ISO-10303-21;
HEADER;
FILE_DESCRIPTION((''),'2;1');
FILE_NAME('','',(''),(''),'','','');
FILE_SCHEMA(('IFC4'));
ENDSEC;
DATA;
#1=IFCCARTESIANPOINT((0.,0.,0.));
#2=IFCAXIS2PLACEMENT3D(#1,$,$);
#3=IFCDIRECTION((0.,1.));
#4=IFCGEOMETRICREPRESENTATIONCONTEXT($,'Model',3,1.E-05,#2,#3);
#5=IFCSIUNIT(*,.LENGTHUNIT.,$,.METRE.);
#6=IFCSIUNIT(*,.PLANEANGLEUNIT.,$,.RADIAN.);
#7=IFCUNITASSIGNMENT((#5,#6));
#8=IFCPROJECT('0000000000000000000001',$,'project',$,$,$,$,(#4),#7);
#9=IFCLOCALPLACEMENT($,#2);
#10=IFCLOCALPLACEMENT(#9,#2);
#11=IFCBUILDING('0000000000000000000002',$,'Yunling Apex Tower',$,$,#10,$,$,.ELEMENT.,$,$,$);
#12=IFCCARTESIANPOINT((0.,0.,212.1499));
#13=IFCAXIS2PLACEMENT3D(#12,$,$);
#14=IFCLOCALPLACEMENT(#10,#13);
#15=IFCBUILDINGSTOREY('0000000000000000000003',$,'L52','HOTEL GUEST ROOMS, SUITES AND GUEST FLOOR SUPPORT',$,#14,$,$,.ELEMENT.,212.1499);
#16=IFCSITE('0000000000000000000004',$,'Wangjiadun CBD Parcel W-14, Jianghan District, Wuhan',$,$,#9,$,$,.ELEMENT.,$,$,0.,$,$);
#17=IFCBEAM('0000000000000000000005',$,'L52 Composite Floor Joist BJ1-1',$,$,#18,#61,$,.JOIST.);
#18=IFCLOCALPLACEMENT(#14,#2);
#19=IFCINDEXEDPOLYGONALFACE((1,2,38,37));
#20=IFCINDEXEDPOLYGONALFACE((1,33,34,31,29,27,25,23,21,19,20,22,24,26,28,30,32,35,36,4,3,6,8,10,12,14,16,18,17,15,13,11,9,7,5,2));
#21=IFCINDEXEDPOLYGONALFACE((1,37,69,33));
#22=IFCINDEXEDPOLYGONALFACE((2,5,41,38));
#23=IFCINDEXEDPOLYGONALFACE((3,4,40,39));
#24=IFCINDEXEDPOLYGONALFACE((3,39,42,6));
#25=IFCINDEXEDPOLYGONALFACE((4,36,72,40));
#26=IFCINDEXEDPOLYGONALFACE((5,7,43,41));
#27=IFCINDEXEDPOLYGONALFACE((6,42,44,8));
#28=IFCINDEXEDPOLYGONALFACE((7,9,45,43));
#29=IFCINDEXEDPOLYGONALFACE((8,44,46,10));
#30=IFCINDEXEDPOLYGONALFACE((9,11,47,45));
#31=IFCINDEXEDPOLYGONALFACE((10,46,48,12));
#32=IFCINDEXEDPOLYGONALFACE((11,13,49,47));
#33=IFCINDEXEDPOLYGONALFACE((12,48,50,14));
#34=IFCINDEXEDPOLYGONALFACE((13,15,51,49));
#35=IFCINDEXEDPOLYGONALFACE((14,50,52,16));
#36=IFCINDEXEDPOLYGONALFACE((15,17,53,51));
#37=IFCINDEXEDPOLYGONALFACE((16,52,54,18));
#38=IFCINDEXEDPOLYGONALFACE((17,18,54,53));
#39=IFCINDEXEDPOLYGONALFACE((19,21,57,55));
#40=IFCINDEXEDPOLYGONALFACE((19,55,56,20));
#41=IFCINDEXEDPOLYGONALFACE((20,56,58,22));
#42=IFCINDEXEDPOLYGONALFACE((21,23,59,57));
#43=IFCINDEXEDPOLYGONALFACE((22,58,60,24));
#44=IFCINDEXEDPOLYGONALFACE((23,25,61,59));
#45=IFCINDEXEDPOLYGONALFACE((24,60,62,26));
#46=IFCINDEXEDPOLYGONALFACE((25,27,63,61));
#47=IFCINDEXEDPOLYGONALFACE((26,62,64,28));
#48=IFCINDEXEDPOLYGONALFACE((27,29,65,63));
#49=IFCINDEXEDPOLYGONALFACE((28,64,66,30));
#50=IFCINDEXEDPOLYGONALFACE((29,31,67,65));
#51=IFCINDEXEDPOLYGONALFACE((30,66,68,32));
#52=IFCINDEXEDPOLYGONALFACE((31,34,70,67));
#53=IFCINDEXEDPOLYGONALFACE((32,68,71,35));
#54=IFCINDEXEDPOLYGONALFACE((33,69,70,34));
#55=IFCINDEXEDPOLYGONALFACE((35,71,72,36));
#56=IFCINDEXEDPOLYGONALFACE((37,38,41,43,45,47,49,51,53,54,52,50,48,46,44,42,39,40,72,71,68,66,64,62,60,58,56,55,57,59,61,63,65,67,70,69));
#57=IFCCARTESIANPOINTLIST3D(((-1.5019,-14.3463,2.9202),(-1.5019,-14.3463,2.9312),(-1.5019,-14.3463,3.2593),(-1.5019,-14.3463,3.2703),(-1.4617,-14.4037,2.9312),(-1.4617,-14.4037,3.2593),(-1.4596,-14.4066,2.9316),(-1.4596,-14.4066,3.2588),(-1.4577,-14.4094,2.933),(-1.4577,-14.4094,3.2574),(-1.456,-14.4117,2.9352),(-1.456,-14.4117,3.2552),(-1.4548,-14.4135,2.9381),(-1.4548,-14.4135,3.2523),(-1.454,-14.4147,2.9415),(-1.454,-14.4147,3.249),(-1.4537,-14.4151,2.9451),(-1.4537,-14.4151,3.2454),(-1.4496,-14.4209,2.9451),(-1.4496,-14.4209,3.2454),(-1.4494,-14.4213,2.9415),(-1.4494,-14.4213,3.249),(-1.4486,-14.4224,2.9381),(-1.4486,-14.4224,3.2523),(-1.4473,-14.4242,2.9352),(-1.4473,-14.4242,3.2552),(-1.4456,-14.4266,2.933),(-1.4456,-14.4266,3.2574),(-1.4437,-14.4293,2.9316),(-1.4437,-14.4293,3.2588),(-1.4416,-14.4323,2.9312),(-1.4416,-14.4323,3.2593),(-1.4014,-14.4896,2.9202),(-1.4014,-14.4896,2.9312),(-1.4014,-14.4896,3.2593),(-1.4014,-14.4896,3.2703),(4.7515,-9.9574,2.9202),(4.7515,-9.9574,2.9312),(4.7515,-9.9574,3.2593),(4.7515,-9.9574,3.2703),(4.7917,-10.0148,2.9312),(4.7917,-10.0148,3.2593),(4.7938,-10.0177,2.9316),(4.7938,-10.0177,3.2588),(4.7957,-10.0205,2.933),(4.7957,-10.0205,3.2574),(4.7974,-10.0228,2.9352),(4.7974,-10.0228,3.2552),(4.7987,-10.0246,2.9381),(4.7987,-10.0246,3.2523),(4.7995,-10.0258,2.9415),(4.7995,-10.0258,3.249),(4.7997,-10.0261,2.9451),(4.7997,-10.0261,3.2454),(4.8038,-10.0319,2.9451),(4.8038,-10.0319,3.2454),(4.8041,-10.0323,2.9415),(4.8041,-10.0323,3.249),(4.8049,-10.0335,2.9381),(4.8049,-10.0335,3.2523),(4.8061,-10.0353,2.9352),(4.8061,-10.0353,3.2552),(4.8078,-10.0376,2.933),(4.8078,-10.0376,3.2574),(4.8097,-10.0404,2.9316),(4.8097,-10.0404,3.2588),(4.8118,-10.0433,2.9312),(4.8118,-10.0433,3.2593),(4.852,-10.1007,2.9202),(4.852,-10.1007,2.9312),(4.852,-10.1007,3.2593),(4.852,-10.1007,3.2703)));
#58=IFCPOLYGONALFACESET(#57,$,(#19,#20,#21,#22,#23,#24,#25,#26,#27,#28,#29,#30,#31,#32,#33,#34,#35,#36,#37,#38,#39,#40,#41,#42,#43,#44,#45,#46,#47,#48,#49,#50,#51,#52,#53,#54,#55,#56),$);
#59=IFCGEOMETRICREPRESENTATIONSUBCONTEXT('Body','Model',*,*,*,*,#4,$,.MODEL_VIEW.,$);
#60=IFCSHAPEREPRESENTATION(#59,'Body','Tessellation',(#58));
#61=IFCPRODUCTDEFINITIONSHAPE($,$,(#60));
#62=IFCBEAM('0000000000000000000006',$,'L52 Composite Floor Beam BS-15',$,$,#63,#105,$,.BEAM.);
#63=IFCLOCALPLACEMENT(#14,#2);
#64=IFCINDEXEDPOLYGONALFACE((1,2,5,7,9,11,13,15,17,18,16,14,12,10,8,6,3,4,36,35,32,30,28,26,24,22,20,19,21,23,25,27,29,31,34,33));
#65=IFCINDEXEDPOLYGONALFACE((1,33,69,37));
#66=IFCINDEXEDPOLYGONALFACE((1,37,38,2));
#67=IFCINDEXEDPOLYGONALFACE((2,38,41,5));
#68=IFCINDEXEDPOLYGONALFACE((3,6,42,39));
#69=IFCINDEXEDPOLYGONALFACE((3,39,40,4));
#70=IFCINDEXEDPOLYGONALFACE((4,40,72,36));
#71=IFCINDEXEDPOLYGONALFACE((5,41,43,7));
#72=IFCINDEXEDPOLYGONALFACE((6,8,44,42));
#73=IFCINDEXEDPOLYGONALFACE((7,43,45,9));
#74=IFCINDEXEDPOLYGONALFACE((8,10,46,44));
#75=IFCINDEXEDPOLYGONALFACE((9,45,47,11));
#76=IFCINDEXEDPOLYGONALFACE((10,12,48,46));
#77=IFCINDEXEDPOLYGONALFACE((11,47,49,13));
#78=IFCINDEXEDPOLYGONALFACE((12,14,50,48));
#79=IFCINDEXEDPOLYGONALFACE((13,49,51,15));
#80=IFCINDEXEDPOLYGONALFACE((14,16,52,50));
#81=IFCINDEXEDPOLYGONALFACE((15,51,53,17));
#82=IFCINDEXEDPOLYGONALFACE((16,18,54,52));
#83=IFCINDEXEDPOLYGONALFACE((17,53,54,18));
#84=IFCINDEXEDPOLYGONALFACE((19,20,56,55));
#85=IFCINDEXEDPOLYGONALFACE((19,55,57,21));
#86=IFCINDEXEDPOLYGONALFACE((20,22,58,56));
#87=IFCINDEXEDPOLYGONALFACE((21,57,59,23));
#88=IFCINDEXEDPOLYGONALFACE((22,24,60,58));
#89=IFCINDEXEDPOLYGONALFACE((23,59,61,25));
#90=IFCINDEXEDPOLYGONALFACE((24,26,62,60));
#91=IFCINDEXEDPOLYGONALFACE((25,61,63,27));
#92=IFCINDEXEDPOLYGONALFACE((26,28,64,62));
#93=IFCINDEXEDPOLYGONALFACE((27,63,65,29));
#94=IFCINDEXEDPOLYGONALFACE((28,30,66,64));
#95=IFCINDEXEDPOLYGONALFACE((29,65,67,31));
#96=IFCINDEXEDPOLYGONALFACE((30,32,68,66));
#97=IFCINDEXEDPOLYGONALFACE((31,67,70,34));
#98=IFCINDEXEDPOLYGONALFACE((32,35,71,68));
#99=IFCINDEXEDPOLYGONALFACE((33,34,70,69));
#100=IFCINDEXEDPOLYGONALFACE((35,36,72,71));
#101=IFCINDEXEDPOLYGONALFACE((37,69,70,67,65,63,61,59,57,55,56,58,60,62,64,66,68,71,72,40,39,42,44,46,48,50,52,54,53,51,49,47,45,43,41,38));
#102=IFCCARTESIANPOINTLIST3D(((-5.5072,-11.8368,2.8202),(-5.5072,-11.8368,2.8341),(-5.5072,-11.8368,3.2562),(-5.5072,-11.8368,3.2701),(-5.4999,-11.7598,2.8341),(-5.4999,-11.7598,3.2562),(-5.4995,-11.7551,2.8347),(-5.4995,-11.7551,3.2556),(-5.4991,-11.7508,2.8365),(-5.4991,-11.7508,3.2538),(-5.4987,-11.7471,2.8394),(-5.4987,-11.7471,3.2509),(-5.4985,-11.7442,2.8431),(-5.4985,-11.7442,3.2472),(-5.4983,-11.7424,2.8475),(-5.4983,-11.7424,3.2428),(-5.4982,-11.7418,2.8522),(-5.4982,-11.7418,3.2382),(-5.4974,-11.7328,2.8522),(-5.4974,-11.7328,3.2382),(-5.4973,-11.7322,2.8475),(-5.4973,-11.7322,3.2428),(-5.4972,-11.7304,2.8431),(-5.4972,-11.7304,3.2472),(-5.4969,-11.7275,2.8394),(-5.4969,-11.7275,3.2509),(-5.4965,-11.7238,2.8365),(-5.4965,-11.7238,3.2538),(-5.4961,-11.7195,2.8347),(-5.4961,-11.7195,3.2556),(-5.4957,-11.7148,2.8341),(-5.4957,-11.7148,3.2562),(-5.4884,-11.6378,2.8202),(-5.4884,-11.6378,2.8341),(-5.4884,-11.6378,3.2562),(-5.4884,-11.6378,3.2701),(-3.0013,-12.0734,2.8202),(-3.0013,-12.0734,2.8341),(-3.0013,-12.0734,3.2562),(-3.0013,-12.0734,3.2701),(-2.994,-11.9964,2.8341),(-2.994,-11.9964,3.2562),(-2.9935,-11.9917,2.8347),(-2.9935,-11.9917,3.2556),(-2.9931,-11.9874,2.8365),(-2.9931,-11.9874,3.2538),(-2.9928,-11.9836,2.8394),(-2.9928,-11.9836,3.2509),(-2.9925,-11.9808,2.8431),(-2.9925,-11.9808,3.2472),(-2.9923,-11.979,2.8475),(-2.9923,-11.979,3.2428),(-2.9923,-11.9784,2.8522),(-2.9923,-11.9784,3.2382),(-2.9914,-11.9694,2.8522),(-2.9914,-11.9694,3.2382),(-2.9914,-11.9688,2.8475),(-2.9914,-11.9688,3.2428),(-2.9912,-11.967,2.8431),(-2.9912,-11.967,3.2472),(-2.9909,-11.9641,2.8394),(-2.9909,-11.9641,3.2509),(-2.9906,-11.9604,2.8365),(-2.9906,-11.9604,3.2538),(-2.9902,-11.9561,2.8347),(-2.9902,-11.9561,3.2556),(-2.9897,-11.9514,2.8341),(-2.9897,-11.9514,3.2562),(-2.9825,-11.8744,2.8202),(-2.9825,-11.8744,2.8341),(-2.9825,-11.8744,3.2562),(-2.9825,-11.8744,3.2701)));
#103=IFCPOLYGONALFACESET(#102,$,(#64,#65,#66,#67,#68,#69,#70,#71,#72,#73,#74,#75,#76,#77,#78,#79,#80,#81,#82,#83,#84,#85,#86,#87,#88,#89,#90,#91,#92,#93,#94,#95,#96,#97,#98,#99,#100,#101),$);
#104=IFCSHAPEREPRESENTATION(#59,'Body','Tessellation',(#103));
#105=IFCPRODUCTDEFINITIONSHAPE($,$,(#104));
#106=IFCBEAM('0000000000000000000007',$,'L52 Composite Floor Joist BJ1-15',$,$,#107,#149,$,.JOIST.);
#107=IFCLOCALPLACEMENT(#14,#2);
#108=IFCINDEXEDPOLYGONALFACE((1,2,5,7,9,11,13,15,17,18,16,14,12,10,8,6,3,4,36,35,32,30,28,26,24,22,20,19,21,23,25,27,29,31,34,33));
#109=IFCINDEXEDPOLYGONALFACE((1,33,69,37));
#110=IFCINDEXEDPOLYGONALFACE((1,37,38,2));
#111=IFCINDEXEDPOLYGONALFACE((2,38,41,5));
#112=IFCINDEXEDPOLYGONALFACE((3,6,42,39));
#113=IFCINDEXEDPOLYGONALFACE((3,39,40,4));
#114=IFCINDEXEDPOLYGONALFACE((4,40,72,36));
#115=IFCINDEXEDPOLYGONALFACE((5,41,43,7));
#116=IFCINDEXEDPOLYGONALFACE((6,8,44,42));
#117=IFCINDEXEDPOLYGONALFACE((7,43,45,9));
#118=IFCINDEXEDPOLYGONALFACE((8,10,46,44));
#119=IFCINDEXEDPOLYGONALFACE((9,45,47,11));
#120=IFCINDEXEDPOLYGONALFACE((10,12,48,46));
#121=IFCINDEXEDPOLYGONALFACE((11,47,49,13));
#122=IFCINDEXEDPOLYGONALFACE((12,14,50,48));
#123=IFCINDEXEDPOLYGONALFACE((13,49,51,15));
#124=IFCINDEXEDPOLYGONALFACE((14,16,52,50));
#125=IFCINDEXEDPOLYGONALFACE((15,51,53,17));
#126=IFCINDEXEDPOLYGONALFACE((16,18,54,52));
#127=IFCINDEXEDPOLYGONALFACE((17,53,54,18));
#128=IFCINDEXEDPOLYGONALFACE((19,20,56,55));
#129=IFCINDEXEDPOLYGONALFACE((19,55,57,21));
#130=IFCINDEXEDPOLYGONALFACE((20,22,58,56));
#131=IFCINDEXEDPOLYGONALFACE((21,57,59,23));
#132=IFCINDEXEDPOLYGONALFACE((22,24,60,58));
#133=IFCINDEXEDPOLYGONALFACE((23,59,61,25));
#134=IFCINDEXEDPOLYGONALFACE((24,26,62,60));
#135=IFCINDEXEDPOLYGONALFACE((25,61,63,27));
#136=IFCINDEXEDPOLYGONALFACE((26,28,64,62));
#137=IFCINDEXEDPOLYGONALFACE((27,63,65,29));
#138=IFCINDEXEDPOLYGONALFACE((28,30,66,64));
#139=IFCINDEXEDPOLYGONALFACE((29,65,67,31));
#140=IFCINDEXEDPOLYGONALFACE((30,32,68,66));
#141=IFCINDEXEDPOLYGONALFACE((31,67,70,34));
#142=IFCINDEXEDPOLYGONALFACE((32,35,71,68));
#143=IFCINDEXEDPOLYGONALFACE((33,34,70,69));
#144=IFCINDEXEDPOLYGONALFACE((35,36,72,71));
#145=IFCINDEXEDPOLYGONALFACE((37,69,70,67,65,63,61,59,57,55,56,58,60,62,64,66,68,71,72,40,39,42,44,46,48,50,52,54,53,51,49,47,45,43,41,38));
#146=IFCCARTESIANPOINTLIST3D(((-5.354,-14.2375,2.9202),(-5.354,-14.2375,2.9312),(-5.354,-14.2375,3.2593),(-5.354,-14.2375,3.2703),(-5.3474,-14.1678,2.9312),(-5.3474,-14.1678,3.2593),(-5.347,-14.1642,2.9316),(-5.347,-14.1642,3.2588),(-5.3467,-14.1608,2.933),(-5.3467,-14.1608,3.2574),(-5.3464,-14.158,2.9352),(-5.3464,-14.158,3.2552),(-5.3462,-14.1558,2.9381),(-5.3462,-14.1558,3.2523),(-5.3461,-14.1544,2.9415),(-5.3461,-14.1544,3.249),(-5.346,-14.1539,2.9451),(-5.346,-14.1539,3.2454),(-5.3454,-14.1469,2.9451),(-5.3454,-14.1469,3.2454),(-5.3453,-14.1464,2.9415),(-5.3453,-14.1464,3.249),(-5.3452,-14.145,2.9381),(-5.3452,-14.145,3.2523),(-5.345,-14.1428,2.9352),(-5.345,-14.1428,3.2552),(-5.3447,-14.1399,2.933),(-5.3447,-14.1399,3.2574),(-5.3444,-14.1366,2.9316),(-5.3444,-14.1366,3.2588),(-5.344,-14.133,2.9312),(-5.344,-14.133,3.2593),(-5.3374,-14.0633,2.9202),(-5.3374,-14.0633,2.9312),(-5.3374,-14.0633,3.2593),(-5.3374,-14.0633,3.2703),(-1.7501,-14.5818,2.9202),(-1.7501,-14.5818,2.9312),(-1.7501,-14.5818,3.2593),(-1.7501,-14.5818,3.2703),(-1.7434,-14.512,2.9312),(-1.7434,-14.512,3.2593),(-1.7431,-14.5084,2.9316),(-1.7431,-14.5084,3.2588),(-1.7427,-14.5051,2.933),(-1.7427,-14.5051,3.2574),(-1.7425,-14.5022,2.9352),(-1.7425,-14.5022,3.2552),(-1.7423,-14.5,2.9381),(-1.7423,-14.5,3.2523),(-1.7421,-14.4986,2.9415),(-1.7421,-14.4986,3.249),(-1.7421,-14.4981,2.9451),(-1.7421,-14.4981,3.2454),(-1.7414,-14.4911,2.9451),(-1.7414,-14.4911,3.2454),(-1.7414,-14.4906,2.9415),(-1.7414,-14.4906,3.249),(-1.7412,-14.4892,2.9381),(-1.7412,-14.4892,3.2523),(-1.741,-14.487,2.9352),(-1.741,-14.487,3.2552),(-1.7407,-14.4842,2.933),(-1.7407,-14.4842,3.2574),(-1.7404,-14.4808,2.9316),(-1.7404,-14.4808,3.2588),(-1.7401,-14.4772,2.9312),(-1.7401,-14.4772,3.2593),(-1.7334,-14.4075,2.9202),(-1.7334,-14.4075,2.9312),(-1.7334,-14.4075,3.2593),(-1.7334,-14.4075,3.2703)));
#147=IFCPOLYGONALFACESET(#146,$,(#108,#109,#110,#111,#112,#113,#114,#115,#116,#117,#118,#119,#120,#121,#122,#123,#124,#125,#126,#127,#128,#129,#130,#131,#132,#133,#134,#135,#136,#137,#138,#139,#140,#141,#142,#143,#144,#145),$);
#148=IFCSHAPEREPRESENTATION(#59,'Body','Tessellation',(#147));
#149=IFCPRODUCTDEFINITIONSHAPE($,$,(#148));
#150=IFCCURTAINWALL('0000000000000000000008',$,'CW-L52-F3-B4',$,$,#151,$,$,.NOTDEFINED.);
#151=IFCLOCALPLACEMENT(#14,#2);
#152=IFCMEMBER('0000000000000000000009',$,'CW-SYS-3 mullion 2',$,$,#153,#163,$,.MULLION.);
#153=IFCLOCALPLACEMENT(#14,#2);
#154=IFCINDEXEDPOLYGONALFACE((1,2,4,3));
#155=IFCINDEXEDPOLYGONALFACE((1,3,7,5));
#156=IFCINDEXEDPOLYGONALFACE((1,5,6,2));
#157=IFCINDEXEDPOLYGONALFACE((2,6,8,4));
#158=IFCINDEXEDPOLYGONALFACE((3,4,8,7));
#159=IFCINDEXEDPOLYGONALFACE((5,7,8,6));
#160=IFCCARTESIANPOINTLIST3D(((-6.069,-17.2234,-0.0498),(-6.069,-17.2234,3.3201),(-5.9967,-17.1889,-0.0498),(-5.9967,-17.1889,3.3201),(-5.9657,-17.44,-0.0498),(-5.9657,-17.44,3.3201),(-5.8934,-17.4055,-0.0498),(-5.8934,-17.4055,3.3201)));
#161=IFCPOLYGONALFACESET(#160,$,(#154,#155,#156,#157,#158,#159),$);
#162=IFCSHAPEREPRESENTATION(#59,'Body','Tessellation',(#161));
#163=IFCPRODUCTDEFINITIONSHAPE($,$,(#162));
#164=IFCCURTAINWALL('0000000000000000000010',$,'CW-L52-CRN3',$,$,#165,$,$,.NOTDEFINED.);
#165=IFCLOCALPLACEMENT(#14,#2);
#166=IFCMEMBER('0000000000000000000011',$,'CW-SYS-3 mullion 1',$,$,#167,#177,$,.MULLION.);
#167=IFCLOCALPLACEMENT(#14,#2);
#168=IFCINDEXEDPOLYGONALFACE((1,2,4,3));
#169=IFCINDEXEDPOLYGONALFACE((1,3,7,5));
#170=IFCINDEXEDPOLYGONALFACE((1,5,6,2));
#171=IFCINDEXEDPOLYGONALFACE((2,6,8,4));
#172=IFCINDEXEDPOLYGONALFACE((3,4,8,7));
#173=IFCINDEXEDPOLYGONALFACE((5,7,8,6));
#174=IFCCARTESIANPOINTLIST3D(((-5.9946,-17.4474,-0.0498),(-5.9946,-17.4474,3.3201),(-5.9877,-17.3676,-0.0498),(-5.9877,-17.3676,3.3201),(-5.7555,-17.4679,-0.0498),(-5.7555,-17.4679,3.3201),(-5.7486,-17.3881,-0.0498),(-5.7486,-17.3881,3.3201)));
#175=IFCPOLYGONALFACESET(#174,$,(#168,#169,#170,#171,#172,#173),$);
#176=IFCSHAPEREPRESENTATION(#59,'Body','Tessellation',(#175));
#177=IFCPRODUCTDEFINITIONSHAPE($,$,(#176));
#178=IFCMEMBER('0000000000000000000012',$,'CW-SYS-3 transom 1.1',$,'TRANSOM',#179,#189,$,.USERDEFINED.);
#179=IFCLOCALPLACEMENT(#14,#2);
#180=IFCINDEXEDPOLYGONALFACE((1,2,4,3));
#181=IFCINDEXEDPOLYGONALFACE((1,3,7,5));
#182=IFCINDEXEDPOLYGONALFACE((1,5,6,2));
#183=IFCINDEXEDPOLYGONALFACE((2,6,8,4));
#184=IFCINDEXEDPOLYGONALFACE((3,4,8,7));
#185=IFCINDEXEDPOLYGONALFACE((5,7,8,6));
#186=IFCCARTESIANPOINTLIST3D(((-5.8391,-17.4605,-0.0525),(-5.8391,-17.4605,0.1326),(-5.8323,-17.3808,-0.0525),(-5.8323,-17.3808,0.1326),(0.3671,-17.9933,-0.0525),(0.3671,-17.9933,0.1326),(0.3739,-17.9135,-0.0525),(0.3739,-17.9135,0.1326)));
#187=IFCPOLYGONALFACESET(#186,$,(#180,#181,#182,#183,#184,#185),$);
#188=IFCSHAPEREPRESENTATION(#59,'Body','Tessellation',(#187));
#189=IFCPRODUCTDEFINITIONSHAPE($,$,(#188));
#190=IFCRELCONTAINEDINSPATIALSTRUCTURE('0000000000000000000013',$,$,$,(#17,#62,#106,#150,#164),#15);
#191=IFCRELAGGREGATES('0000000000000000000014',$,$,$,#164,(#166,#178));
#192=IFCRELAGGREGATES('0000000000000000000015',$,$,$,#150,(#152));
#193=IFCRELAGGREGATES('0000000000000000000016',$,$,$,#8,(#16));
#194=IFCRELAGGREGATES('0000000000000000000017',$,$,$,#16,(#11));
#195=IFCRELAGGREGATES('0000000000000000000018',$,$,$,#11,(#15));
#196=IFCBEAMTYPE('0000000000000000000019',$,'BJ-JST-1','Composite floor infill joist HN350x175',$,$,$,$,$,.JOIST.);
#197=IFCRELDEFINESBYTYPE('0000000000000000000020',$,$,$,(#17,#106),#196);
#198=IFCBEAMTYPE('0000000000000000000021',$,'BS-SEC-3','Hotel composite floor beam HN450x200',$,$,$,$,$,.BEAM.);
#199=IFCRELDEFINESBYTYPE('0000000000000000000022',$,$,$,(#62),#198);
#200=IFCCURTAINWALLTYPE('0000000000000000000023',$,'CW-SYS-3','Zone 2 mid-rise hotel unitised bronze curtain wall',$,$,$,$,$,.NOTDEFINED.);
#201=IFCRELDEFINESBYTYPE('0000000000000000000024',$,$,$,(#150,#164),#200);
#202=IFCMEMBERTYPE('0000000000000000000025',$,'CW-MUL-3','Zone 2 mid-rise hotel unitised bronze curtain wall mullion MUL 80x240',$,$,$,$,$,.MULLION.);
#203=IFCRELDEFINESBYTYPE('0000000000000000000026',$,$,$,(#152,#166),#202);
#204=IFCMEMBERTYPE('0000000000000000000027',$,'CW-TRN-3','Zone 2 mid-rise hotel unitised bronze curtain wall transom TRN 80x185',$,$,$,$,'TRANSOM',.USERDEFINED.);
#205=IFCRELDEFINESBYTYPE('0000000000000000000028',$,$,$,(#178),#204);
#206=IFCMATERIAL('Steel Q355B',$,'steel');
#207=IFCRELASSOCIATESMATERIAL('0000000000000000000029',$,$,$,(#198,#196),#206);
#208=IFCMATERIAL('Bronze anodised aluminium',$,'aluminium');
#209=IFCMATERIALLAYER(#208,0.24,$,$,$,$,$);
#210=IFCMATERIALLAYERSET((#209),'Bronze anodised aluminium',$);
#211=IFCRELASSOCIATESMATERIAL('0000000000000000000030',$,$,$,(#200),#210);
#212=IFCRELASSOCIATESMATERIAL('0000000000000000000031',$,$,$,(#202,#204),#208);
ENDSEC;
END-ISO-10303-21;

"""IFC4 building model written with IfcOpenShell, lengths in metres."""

from ifc_helpers import new_model, si_unit, direction, frame, origin, origin_2d, place, context, subcontext, project, spatial, rectangle, i_section, extrude, source, transform, mapped, material, layer, layer_set, material_profile, profile_set, type_object, element, aggregate, save


model = new_model("IFC4")

# Units and contexts
model_context = context("Model", 3, precision=1e-05, world=origin(), true_north=direction((0.0, 1.0)))
body_context = subcontext(model_context, "Body", "Model", "MODEL_VIEW")
ifc_project = project(units=[si_unit("LENGTHUNIT", "METRE"), si_unit("PLANEANGLEUNIT", "RADIAN")], contexts=[model_context])

# Site, building, storey
site_placement = place(None, origin())
site = spatial("IfcSite", under=ifc_project, at=site_placement, Name="Wangjiadun CBD Parcel W-14, Jianghan District, Wuhan", CompositionType="ELEMENT", RefElevation=0.0)
building_placement = place(site_placement, origin())
building = spatial("IfcBuilding", under=site, at=building_placement, Name="Yunling Apex Tower", CompositionType="ELEMENT")
storey_placement = place(building_placement, frame((0.0, 0.0, 212.1499)))
storey = spatial("IfcBuildingStorey", under=building, at=storey_placement, Name="L52", Description="HOTEL GUEST ROOMS, SUITES AND GUEST FLOOR SUPPORT", CompositionType="ELEMENT", Elevation=212.1499)

# Beams
ifc_material_1 = material(Name="Steel Q355B", Category="steel")
ifc_material_profile_1 = material_profile(ifc_material_1, i_section(OverallWidth=0.2, OverallDepth=0.45, WebThickness=0.009, FlangeThickness=0.0139, FilletRadius=0.0181, at=origin_2d()))
ifc_profile_set_1 = profile_set([ifc_material_profile_1], Name="Steel Q355B")
beam_type_1 = type_object("IfcBeamType", Name="BS-SEC-3", Description="Hotel composite floor beam HN450x200", PredefinedType="BEAM", material=ifc_profile_set_1)
ifc_material_profile_2 = material_profile(ifc_material_1, i_section(OverallWidth=0.175, OverallDepth=0.3501, WebThickness=0.0071, FlangeThickness=0.011, FilletRadius=0.0139, at=origin_2d()))
ifc_profile_set_2 = profile_set([ifc_material_profile_2], Name="Steel Q355B")
beam_type_2 = type_object("IfcBeamType", Name="BJ-JST-1", Description="Composite floor infill joist HN350x175", PredefinedType="JOIST", material=ifc_profile_set_2)
shared_shape_1 = source(origin(), body_context, "Body", "SweptSolid", [
    extrude(i_section(OverallWidth=0.175, OverallDepth=0.3501, WebThickness=0.0071, FlangeThickness=0.011, FilletRadius=0.0139, at=origin_2d()), origin(), (0.0, 0.0, 1.0), 7.6399),
])
beam_1_placement = place(storey_placement, frame((-1.4517, -14.418, 3.0952), z_axis=(0.818523, 0.574474, 0.0), x_axis=(-0.574474, 0.818523, 0.0)))
element("IfcBeam", 1, at=beam_1_placement, inside=storey, type_object=beam_type_2, Name="L52 Composite Floor Joist BJ1-1", PredefinedType="JOIST", context=body_context, shape_type="MappedRepresentation", body=[
    mapped(shared_shape_1, transform((0.0, 0.0, 0.0), scale=1.0)),
])
shared_shape_2 = source(origin(), body_context, "Body", "SweptSolid", [
    extrude(i_section(OverallWidth=0.2, OverallDepth=0.45, WebThickness=0.009, FlangeThickness=0.0139, FilletRadius=0.0181, at=origin_2d()), origin(), (0.0, 0.0, 1.0), 2.5171),
])
beam_2_placement = place(storey_placement, frame((-5.4978, -11.7373, 3.0452), z_axis=(0.995573, -0.09399, 0.0), x_axis=(0.09399, 0.995573, 0.0)))
element("IfcBeam", 2, at=beam_2_placement, inside=storey, type_object=beam_type_1, Name="L52 Composite Floor Beam BS-15", PredefinedType="BEAM", context=body_context, shape_type="MappedRepresentation", body=[
    mapped(shared_shape_2, transform((0.0, 0.0, 0.0), scale=1.0)),
])
shared_shape_3 = source(origin(), body_context, "Body", "SweptSolid", [
    extrude(i_section(OverallWidth=0.175, OverallDepth=0.3501, WebThickness=0.0071, FlangeThickness=0.011, FilletRadius=0.0139, at=origin_2d()), origin(), (0.0, 0.0, 1.0), 3.6204),
])
beam_3_placement = place(storey_placement, frame((-5.3457, -14.1504, 3.0952), z_axis=(0.995469, -0.095083, 0.0), x_axis=(0.095083, 0.995469, 0.0)))
element("IfcBeam", 3, at=beam_3_placement, inside=storey, type_object=beam_type_2, Name="L52 Composite Floor Joist BJ1-15", PredefinedType="JOIST", context=body_context, shape_type="MappedRepresentation", body=[
    mapped(shared_shape_3, transform((0.0, 0.0, 0.0), scale=1.0)),
])

# Curtain wall, member
ifc_material_2 = material(Name="Bronze anodised aluminium", Category="aluminium")
ifc_layer_1 = layer(ifc_material_2, 0.24)
ifc_layer_set_1 = layer_set([ifc_layer_1], Name="Bronze anodised aluminium")
curtain_wall_type = type_object("IfcCurtainWallType", Name="CW-SYS-3", Description="Zone 2 mid-rise hotel unitised bronze curtain wall", PredefinedType="NOTDEFINED", material=ifc_layer_set_1)
curtain_wall_1_placement = place(storey_placement, origin())
curtain_wall_1 = element("IfcCurtainWall", 4, at=curtain_wall_1_placement, inside=storey, type_object=curtain_wall_type, Name="CW-L52-F3-B4", PredefinedType="NOTDEFINED")
ifc_material_profile_3 = material_profile(ifc_material_2, rectangle(XDim=0.0801, YDim=0.24, at=origin_2d()))
ifc_profile_set_3 = profile_set([ifc_material_profile_3], Name="Bronze anodised aluminium")
member_type_1 = type_object("IfcMemberType", Name="CW-MUL-3", Description="Zone 2 mid-rise hotel unitised bronze curtain wall mullion MUL 80x240", PredefinedType="MULLION", material=ifc_profile_set_3)
shared_shape_4 = source(origin(), body_context, "Body", "SweptSolid", [
    extrude(rectangle(XDim=0.0801, YDim=0.24, at=origin_2d()), origin(), (0.0, 0.0, 1.0), 3.3699),
])
member_1_placement = place(storey_placement, frame((-5.9812, -17.3145, -0.0498), z_axis=(0.0, 0.0, 1.0), x_axis=(0.902582, 0.430518, 0.0)))
member_1 = element("IfcMember", 5, at=member_1_placement, type_object=member_type_1, Name="CW-SYS-3 mullion 2", PredefinedType="MULLION", context=body_context, shape_type="MappedRepresentation", body=[
    mapped(shared_shape_4, transform((0.0, 0.0, 0.0), scale=1.0)),
])

# Curtain wall, members
curtain_wall_2_placement = place(storey_placement, origin())
curtain_wall_2 = element("IfcCurtainWall", 6, at=curtain_wall_2_placement, inside=storey, type_object=curtain_wall_type, Name="CW-L52-CRN3", PredefinedType="NOTDEFINED")
member_2_placement = place(storey_placement, frame((-5.8716, -17.4177, -0.0498), z_axis=(0.0, 0.0, 1.0), x_axis=(0.085517, 0.996337, 0.0)))
member_2 = element("IfcMember", 7, at=member_2_placement, type_object=member_type_1, Name="CW-SYS-3 mullion 1", PredefinedType="MULLION", context=body_context, shape_type="MappedRepresentation", body=[
    mapped(shared_shape_4, transform((0.0, 0.0, 0.0), scale=1.0)),
])
ifc_material_profile_4 = material_profile(ifc_material_2, rectangle(XDim=0.0801, YDim=0.1851, at=origin_2d()))
ifc_profile_set_4 = profile_set([ifc_material_profile_4], Name="Bronze anodised aluminium")
member_type_2 = type_object("IfcMemberType", Name="CW-TRN-3", Description="Zone 2 mid-rise hotel unitised bronze curtain wall transom TRN 80x185", ElementType="TRANSOM", PredefinedType="USERDEFINED", material=ifc_profile_set_4)
shared_shape_5 = source(origin(), body_context, "Body", "SweptSolid", [
    extrude(rectangle(XDim=0.0801, YDim=0.1851, at=origin_2d()), origin(), (0.0, 0.0, 1.0), 6.229),
])
member_3_placement = place(storey_placement, frame((-5.8357, -17.4207, 0.04), z_axis=(0.996336, -0.08552, 0.0), x_axis=(0.08552, 0.996336, 0.0)))
member_3 = element("IfcMember", 8, at=member_3_placement, type_object=member_type_2, Name="CW-SYS-3 transom 1.1", ObjectType="TRANSOM", PredefinedType="USERDEFINED", context=body_context, shape_type="MappedRepresentation", body=[
    mapped(shared_shape_5, transform((0.0, 0.0, 0.0), scale=1.0)),
])
aggregate(curtain_wall_2, [member_2, member_3])

aggregate(curtain_wall_1, [member_1])

save(model, "model.ifc")
